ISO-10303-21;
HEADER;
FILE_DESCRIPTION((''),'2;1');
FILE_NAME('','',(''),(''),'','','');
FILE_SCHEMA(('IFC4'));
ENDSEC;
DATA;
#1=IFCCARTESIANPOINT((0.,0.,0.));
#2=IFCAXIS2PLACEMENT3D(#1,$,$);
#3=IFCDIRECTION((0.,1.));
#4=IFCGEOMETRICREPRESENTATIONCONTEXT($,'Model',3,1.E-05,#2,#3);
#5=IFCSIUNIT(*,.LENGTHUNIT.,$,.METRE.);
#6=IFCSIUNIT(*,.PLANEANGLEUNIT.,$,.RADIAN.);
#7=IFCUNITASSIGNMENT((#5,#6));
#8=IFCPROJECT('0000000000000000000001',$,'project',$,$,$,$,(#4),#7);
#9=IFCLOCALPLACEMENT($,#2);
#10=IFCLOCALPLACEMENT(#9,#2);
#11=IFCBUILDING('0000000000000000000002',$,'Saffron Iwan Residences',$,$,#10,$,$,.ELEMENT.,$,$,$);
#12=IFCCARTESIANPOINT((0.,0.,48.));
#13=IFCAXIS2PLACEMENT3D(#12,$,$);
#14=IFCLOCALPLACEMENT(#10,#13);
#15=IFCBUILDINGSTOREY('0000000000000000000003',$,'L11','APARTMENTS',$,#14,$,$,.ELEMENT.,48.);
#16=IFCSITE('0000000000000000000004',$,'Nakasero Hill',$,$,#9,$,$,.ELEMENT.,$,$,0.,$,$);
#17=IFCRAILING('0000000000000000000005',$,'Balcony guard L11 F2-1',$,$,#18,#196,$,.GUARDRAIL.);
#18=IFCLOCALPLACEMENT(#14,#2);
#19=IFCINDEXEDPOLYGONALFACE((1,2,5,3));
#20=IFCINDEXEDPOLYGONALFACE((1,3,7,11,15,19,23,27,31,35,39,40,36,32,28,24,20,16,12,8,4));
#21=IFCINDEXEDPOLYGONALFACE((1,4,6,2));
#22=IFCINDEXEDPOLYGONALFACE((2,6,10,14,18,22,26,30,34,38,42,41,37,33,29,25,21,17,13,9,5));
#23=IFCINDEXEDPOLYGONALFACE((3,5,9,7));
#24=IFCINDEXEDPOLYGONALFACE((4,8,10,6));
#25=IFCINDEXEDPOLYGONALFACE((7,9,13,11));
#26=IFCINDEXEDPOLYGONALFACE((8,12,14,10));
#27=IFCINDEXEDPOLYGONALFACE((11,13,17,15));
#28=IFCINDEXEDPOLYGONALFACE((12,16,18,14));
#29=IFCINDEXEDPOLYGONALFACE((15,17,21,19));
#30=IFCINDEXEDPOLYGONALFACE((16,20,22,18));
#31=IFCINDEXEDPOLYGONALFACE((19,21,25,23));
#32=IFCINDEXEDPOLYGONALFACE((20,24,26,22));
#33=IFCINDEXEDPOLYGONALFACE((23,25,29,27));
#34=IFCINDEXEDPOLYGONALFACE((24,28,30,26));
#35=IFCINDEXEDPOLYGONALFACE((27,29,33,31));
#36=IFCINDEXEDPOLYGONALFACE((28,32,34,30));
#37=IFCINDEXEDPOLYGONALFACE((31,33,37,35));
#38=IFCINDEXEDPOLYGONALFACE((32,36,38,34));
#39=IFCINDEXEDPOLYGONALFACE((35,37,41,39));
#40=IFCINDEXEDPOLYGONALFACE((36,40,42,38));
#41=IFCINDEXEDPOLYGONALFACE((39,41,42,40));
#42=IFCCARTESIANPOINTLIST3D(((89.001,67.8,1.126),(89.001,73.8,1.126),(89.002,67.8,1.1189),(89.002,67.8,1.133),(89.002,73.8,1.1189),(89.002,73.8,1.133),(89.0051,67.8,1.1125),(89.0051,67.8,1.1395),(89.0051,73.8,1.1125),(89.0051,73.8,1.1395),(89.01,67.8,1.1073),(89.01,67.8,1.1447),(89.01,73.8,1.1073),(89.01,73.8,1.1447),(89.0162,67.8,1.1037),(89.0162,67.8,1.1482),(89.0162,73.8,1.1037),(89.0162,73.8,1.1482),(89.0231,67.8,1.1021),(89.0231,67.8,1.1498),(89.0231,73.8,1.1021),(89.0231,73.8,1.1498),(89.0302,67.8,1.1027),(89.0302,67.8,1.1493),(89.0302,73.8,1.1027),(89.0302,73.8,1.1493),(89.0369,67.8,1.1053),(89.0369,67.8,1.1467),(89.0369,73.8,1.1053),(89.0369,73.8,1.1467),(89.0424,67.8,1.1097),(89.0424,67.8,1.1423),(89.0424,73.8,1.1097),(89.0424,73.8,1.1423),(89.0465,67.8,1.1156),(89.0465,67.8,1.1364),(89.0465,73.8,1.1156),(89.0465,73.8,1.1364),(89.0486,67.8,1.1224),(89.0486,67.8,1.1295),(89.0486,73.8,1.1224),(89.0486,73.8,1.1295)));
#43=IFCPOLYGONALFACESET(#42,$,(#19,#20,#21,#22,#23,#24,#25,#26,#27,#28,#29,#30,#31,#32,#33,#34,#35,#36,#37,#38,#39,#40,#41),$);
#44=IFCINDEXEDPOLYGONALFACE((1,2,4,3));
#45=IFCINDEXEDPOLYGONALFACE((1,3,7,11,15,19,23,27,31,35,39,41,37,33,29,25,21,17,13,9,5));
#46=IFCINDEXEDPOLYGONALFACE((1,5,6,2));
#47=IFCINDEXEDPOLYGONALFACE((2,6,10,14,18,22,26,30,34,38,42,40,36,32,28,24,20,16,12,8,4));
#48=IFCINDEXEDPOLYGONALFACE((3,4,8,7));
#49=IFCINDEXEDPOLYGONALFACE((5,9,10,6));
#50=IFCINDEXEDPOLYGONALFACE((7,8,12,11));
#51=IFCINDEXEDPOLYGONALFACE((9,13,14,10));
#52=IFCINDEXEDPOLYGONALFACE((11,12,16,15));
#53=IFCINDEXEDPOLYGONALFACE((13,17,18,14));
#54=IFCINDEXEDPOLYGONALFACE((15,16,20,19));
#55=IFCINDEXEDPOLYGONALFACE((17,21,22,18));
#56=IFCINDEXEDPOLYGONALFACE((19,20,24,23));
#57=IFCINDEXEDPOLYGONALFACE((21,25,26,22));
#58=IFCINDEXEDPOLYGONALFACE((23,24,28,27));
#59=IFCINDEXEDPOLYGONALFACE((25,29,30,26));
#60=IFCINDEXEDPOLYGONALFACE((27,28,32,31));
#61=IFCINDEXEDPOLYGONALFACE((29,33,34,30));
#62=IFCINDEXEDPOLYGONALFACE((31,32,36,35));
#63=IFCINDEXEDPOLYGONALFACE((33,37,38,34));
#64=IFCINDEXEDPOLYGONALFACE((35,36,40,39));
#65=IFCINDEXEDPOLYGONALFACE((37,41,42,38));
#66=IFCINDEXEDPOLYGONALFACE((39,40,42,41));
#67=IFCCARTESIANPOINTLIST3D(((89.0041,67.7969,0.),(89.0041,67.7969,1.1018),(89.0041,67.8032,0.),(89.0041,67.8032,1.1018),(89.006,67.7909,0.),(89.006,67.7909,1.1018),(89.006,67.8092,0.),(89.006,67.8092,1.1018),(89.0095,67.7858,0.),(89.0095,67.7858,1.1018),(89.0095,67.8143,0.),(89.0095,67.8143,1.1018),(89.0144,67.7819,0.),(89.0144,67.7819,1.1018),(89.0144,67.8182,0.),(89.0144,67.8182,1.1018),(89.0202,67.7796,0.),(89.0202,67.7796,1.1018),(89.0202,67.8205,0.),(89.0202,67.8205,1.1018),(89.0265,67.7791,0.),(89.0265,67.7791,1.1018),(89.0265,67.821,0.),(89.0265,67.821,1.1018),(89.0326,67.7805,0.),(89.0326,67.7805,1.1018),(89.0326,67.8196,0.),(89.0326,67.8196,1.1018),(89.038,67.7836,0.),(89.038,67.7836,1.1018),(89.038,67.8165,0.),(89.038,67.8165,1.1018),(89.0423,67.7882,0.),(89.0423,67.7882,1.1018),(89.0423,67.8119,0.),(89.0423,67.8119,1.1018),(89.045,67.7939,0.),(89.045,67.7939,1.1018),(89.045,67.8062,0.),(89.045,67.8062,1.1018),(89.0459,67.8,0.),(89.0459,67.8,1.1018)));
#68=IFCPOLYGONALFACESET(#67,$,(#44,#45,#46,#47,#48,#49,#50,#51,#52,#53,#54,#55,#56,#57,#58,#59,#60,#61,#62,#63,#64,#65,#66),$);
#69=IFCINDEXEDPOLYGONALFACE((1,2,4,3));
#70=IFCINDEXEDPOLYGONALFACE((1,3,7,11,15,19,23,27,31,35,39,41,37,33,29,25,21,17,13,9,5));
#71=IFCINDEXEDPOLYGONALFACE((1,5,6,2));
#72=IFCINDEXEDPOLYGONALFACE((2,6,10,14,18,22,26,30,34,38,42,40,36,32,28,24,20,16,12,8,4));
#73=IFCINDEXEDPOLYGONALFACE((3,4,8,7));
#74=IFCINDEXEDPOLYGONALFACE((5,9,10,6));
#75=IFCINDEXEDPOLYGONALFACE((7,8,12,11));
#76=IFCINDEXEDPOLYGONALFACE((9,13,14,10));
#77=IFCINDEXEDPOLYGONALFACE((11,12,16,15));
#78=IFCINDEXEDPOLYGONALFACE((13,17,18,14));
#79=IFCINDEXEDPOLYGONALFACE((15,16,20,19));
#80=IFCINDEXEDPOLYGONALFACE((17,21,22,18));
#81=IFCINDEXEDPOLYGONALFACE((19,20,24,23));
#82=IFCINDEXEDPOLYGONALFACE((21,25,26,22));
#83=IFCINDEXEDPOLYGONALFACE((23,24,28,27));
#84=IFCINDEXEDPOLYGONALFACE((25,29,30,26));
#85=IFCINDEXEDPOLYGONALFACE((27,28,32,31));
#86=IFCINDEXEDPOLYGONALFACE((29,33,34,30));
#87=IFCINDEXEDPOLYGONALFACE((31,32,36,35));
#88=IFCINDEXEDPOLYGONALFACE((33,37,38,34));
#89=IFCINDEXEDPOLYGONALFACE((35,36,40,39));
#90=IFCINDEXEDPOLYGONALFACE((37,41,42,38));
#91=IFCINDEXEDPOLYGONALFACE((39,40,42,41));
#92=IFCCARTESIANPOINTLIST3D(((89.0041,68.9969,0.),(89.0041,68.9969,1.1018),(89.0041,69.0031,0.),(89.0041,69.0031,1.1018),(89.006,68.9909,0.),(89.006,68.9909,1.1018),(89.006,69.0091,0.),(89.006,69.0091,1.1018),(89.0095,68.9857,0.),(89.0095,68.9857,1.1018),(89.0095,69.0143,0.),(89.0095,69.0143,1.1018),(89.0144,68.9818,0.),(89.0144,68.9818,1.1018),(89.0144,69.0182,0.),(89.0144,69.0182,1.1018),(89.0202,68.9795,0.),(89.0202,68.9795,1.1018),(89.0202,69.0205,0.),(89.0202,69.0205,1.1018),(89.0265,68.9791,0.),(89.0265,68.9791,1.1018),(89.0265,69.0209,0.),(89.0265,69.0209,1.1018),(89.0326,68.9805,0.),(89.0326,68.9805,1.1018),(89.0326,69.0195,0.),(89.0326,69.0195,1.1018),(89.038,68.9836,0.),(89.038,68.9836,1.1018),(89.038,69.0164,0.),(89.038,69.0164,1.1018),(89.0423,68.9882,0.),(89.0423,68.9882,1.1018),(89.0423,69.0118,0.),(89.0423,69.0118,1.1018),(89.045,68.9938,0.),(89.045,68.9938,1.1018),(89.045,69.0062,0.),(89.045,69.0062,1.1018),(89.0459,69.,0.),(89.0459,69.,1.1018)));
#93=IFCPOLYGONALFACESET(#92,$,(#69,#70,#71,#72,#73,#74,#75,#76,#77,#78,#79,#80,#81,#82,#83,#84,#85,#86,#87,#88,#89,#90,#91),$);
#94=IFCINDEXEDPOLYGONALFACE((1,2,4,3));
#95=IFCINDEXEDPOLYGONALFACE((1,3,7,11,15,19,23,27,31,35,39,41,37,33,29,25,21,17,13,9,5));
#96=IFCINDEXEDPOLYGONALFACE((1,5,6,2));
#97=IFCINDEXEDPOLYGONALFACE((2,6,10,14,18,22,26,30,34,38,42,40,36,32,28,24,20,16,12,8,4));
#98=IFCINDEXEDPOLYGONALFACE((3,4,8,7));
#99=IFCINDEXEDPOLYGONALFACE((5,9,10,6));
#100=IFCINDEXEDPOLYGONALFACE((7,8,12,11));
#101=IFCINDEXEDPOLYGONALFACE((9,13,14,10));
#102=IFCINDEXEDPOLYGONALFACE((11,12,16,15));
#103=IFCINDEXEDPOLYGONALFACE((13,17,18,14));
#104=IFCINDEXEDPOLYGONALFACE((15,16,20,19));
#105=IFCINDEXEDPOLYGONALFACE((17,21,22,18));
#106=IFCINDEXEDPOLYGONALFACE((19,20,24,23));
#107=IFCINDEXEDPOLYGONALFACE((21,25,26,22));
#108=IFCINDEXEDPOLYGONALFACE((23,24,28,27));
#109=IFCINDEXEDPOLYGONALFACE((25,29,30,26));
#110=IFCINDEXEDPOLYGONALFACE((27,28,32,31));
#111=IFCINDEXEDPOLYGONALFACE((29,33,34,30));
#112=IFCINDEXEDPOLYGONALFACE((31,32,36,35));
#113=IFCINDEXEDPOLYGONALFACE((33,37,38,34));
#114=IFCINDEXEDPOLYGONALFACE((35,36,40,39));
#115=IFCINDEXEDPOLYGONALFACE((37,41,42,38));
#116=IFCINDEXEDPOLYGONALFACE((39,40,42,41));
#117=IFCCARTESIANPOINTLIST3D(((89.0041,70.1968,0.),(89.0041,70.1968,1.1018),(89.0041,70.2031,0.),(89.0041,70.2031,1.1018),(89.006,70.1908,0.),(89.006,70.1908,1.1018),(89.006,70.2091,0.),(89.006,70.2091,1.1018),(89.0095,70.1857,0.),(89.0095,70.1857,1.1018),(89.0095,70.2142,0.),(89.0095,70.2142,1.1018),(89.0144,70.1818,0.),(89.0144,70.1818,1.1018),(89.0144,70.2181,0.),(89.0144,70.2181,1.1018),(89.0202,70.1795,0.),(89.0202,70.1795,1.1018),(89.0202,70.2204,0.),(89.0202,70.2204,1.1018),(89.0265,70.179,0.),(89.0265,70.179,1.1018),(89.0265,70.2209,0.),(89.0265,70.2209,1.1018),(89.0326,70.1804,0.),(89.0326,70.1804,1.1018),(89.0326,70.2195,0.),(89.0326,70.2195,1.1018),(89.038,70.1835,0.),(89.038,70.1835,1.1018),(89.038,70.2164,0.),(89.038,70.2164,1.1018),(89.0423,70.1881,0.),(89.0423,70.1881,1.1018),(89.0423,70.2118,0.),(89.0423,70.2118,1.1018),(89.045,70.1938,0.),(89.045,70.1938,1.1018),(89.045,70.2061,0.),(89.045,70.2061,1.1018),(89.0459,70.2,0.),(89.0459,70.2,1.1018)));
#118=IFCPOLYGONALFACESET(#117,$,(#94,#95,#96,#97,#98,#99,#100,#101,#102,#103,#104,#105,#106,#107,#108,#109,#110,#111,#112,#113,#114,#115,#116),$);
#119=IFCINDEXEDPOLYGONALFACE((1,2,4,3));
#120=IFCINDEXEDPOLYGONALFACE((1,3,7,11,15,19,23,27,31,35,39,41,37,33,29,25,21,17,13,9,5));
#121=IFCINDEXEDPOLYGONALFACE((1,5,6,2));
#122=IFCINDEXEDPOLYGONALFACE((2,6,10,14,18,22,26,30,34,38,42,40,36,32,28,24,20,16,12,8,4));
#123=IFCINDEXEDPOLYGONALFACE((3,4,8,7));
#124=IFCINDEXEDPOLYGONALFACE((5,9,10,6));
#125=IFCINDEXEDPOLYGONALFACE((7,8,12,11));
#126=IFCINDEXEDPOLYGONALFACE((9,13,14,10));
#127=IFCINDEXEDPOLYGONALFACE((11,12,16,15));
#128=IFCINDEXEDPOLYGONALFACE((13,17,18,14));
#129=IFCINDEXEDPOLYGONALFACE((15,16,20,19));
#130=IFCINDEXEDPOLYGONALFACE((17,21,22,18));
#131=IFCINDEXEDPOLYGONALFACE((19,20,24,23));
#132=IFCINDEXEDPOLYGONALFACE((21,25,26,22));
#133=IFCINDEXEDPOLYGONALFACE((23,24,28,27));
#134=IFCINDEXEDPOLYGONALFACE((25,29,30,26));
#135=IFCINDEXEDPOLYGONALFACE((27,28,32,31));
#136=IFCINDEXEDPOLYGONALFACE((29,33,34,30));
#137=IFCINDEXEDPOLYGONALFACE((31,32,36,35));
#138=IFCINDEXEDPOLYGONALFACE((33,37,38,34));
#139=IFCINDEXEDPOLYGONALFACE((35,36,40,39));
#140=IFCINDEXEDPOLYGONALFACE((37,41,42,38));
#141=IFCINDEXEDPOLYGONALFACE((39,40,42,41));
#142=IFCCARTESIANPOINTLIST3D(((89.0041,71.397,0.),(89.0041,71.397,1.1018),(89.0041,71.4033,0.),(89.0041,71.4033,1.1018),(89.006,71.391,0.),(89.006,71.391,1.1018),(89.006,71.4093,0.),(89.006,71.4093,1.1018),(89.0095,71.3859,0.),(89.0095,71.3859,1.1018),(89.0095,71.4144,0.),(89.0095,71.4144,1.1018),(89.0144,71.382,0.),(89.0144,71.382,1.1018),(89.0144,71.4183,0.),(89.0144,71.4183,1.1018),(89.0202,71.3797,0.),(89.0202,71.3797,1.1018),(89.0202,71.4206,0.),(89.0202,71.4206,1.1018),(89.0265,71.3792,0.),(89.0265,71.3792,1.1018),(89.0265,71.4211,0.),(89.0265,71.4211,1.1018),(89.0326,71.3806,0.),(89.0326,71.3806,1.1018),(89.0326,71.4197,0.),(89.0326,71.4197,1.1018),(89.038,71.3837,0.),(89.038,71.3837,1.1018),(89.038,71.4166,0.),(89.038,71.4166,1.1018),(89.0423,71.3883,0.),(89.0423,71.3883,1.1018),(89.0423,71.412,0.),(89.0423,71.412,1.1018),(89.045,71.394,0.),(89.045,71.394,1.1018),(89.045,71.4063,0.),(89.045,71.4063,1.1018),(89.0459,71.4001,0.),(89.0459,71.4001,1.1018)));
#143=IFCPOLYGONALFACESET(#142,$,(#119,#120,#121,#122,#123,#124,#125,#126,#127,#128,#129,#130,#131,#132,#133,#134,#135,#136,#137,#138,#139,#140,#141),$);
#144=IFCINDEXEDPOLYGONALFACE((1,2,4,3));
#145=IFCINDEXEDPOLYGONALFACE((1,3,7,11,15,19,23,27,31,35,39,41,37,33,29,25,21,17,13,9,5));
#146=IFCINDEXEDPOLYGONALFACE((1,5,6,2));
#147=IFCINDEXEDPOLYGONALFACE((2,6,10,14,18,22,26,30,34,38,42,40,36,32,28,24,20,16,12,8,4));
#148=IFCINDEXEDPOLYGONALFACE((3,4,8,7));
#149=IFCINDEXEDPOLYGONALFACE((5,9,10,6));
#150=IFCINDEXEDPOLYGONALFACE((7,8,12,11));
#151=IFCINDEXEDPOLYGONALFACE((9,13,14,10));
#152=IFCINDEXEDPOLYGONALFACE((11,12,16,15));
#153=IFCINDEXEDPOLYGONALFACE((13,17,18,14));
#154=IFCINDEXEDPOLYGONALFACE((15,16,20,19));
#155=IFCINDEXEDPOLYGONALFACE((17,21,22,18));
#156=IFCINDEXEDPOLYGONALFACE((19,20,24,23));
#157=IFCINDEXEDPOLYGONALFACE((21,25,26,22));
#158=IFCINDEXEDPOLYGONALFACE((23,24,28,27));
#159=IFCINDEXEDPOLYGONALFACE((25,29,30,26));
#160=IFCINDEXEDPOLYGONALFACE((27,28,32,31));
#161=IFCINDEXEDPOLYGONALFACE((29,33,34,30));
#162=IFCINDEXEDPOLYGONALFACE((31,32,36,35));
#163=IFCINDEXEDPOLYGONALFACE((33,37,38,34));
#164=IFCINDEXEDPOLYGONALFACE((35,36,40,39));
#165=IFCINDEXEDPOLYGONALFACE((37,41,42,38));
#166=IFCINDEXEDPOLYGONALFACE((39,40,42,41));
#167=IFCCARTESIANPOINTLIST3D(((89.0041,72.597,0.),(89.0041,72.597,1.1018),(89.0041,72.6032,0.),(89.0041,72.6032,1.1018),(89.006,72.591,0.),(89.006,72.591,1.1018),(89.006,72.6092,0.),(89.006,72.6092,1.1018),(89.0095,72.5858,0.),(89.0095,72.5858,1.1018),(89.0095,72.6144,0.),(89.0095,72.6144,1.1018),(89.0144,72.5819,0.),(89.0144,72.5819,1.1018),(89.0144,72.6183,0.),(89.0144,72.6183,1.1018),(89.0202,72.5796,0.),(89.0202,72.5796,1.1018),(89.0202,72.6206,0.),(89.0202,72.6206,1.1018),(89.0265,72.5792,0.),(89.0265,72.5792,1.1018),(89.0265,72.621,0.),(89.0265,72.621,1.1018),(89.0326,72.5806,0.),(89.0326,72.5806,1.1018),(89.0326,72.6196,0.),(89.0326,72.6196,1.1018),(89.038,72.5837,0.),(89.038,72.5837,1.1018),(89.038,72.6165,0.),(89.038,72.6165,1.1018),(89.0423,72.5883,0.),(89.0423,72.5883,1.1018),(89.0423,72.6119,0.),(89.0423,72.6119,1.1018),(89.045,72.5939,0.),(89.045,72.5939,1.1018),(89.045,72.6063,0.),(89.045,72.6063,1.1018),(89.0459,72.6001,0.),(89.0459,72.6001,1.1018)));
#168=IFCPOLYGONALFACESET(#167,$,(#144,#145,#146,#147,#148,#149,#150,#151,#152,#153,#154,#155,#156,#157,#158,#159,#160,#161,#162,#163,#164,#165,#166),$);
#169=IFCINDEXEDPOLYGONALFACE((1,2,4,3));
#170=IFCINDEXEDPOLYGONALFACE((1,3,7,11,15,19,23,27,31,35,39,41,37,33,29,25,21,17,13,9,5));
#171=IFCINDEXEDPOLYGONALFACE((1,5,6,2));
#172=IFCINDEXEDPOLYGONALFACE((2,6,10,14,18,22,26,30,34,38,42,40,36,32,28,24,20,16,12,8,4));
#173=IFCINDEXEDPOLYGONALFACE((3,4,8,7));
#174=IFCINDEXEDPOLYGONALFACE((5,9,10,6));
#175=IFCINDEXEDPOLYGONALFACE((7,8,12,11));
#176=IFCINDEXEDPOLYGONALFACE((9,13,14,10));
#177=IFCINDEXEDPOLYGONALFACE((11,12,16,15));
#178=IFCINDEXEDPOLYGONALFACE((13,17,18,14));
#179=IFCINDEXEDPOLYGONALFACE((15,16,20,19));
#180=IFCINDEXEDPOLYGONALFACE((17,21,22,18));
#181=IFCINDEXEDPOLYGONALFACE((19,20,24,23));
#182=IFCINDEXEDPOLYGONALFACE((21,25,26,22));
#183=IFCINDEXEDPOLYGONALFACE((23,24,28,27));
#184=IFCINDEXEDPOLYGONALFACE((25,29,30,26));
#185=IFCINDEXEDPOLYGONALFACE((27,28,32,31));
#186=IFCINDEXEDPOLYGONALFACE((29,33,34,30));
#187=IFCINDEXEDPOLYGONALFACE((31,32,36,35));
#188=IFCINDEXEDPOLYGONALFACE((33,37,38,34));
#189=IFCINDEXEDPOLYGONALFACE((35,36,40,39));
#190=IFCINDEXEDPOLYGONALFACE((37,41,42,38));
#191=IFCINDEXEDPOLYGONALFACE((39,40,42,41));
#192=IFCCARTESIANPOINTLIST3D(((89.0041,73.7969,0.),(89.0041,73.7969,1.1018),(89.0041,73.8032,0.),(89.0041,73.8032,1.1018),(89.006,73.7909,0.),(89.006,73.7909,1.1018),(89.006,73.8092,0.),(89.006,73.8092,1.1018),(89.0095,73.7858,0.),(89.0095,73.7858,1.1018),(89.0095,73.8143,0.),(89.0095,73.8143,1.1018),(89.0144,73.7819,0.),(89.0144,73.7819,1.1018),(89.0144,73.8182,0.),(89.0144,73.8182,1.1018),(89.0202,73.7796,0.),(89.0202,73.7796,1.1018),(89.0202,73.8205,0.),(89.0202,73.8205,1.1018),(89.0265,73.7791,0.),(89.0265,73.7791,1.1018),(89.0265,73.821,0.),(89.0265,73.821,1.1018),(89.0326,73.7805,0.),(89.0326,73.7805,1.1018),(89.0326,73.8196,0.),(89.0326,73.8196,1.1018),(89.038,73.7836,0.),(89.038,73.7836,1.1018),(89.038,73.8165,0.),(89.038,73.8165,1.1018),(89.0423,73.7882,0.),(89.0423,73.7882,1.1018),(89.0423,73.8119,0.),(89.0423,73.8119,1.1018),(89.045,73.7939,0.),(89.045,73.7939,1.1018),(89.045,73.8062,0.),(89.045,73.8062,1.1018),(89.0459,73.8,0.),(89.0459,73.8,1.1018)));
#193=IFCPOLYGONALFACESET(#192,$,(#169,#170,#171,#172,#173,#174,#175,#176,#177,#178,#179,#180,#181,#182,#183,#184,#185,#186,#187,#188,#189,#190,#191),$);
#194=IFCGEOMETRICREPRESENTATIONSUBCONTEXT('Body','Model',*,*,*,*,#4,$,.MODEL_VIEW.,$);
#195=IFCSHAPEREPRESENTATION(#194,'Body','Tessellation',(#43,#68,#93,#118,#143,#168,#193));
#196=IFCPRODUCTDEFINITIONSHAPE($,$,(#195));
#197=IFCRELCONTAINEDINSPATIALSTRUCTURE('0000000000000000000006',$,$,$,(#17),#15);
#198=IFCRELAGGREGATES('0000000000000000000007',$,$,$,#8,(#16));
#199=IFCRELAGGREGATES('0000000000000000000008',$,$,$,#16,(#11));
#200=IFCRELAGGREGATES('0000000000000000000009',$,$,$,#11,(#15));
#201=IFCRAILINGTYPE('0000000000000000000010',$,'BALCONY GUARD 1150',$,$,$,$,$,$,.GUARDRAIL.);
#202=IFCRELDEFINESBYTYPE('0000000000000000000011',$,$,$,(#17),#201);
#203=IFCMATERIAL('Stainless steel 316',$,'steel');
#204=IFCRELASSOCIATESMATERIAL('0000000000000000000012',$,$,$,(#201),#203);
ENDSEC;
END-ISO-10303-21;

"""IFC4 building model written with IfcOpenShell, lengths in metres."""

from ifc_helpers import new_model, si_unit, direction, frame, origin, origin_2d, place, context, subcontext, project, spatial, circle, extrude, material, type_object, element, save


model = new_model("IFC4")

# Units and contexts
model_context = context("Model", 3, precision=1e-05, world=origin(), true_north=direction((0.0, 1.0)))
body_context = subcontext(model_context, "Body", "Model", "MODEL_VIEW")
ifc_project = project(units=[si_unit("LENGTHUNIT", "METRE"), si_unit("PLANEANGLEUNIT", "RADIAN")], contexts=[model_context])

# Site, building, storey
site_placement = place(None, origin())
site = spatial("IfcSite", under=ifc_project, at=site_placement, Name="Nakasero Hill", CompositionType="ELEMENT", RefElevation=0.0)
building_placement = place(site_placement, origin())
building = spatial("IfcBuilding", under=site, at=building_placement, Name="Saffron Iwan Residences", CompositionType="ELEMENT")
storey_placement = place(building_placement, frame((0.0, 0.0, 48.0)))
storey = spatial("IfcBuildingStorey", under=building, at=storey_placement, Name="L11", Description="APARTMENTS", CompositionType="ELEMENT", Elevation=48.0)

# Railing
ifc_material_1 = material(Name="Stainless steel 316", Category="steel")
railing_type_1 = type_object("IfcRailingType", Name="BALCONY GUARD 1150", PredefinedType="GUARDRAIL", material=ifc_material_1)
railing_1_placement = place(storey_placement, frame((89.0249, 67.8, 0.0)))
element("IfcRailing", 1, at=railing_1_placement, inside=storey, type_object=railing_type_1, Name="Balcony guard L11 F2-1", PredefinedType="GUARDRAIL", context=body_context, shape_type="SweptSolid", body=[
    extrude(circle(Radius=0.0239, at=origin_2d()), frame((0.0, 0.0, 1.126), z_axis=(0.0, 1.0, 0.0), x_axis=(-1.0, 0.0, 0.0)), (0.0, 0.0, 1.0), 6.0),
    extrude(circle(Radius=0.021, at=origin_2d()), origin(), (0.0, 0.0, 1.0), 1.1018),
    extrude(circle(Radius=0.021, at=origin_2d()), frame((0.0, 1.2, 0.0)), (0.0, 0.0, 1.0), 1.1018),
    extrude(circle(Radius=0.021, at=origin_2d()), frame((0.0, 2.3999, 0.0)), (0.0, 0.0, 1.0), 1.1018),
    extrude(circle(Radius=0.021, at=origin_2d()), frame((0.0, 3.6001, 0.0)), (0.0, 0.0, 1.0), 1.1018),
    extrude(circle(Radius=0.021, at=origin_2d()), frame((0.0, 4.8, 0.0)), (0.0, 0.0, 1.0), 1.1018),
    extrude(circle(Radius=0.021, at=origin_2d()), frame((0.0, 6.0, 0.0)), (0.0, 0.0, 1.0), 1.1018),
])

save(model, "model.ifc")
